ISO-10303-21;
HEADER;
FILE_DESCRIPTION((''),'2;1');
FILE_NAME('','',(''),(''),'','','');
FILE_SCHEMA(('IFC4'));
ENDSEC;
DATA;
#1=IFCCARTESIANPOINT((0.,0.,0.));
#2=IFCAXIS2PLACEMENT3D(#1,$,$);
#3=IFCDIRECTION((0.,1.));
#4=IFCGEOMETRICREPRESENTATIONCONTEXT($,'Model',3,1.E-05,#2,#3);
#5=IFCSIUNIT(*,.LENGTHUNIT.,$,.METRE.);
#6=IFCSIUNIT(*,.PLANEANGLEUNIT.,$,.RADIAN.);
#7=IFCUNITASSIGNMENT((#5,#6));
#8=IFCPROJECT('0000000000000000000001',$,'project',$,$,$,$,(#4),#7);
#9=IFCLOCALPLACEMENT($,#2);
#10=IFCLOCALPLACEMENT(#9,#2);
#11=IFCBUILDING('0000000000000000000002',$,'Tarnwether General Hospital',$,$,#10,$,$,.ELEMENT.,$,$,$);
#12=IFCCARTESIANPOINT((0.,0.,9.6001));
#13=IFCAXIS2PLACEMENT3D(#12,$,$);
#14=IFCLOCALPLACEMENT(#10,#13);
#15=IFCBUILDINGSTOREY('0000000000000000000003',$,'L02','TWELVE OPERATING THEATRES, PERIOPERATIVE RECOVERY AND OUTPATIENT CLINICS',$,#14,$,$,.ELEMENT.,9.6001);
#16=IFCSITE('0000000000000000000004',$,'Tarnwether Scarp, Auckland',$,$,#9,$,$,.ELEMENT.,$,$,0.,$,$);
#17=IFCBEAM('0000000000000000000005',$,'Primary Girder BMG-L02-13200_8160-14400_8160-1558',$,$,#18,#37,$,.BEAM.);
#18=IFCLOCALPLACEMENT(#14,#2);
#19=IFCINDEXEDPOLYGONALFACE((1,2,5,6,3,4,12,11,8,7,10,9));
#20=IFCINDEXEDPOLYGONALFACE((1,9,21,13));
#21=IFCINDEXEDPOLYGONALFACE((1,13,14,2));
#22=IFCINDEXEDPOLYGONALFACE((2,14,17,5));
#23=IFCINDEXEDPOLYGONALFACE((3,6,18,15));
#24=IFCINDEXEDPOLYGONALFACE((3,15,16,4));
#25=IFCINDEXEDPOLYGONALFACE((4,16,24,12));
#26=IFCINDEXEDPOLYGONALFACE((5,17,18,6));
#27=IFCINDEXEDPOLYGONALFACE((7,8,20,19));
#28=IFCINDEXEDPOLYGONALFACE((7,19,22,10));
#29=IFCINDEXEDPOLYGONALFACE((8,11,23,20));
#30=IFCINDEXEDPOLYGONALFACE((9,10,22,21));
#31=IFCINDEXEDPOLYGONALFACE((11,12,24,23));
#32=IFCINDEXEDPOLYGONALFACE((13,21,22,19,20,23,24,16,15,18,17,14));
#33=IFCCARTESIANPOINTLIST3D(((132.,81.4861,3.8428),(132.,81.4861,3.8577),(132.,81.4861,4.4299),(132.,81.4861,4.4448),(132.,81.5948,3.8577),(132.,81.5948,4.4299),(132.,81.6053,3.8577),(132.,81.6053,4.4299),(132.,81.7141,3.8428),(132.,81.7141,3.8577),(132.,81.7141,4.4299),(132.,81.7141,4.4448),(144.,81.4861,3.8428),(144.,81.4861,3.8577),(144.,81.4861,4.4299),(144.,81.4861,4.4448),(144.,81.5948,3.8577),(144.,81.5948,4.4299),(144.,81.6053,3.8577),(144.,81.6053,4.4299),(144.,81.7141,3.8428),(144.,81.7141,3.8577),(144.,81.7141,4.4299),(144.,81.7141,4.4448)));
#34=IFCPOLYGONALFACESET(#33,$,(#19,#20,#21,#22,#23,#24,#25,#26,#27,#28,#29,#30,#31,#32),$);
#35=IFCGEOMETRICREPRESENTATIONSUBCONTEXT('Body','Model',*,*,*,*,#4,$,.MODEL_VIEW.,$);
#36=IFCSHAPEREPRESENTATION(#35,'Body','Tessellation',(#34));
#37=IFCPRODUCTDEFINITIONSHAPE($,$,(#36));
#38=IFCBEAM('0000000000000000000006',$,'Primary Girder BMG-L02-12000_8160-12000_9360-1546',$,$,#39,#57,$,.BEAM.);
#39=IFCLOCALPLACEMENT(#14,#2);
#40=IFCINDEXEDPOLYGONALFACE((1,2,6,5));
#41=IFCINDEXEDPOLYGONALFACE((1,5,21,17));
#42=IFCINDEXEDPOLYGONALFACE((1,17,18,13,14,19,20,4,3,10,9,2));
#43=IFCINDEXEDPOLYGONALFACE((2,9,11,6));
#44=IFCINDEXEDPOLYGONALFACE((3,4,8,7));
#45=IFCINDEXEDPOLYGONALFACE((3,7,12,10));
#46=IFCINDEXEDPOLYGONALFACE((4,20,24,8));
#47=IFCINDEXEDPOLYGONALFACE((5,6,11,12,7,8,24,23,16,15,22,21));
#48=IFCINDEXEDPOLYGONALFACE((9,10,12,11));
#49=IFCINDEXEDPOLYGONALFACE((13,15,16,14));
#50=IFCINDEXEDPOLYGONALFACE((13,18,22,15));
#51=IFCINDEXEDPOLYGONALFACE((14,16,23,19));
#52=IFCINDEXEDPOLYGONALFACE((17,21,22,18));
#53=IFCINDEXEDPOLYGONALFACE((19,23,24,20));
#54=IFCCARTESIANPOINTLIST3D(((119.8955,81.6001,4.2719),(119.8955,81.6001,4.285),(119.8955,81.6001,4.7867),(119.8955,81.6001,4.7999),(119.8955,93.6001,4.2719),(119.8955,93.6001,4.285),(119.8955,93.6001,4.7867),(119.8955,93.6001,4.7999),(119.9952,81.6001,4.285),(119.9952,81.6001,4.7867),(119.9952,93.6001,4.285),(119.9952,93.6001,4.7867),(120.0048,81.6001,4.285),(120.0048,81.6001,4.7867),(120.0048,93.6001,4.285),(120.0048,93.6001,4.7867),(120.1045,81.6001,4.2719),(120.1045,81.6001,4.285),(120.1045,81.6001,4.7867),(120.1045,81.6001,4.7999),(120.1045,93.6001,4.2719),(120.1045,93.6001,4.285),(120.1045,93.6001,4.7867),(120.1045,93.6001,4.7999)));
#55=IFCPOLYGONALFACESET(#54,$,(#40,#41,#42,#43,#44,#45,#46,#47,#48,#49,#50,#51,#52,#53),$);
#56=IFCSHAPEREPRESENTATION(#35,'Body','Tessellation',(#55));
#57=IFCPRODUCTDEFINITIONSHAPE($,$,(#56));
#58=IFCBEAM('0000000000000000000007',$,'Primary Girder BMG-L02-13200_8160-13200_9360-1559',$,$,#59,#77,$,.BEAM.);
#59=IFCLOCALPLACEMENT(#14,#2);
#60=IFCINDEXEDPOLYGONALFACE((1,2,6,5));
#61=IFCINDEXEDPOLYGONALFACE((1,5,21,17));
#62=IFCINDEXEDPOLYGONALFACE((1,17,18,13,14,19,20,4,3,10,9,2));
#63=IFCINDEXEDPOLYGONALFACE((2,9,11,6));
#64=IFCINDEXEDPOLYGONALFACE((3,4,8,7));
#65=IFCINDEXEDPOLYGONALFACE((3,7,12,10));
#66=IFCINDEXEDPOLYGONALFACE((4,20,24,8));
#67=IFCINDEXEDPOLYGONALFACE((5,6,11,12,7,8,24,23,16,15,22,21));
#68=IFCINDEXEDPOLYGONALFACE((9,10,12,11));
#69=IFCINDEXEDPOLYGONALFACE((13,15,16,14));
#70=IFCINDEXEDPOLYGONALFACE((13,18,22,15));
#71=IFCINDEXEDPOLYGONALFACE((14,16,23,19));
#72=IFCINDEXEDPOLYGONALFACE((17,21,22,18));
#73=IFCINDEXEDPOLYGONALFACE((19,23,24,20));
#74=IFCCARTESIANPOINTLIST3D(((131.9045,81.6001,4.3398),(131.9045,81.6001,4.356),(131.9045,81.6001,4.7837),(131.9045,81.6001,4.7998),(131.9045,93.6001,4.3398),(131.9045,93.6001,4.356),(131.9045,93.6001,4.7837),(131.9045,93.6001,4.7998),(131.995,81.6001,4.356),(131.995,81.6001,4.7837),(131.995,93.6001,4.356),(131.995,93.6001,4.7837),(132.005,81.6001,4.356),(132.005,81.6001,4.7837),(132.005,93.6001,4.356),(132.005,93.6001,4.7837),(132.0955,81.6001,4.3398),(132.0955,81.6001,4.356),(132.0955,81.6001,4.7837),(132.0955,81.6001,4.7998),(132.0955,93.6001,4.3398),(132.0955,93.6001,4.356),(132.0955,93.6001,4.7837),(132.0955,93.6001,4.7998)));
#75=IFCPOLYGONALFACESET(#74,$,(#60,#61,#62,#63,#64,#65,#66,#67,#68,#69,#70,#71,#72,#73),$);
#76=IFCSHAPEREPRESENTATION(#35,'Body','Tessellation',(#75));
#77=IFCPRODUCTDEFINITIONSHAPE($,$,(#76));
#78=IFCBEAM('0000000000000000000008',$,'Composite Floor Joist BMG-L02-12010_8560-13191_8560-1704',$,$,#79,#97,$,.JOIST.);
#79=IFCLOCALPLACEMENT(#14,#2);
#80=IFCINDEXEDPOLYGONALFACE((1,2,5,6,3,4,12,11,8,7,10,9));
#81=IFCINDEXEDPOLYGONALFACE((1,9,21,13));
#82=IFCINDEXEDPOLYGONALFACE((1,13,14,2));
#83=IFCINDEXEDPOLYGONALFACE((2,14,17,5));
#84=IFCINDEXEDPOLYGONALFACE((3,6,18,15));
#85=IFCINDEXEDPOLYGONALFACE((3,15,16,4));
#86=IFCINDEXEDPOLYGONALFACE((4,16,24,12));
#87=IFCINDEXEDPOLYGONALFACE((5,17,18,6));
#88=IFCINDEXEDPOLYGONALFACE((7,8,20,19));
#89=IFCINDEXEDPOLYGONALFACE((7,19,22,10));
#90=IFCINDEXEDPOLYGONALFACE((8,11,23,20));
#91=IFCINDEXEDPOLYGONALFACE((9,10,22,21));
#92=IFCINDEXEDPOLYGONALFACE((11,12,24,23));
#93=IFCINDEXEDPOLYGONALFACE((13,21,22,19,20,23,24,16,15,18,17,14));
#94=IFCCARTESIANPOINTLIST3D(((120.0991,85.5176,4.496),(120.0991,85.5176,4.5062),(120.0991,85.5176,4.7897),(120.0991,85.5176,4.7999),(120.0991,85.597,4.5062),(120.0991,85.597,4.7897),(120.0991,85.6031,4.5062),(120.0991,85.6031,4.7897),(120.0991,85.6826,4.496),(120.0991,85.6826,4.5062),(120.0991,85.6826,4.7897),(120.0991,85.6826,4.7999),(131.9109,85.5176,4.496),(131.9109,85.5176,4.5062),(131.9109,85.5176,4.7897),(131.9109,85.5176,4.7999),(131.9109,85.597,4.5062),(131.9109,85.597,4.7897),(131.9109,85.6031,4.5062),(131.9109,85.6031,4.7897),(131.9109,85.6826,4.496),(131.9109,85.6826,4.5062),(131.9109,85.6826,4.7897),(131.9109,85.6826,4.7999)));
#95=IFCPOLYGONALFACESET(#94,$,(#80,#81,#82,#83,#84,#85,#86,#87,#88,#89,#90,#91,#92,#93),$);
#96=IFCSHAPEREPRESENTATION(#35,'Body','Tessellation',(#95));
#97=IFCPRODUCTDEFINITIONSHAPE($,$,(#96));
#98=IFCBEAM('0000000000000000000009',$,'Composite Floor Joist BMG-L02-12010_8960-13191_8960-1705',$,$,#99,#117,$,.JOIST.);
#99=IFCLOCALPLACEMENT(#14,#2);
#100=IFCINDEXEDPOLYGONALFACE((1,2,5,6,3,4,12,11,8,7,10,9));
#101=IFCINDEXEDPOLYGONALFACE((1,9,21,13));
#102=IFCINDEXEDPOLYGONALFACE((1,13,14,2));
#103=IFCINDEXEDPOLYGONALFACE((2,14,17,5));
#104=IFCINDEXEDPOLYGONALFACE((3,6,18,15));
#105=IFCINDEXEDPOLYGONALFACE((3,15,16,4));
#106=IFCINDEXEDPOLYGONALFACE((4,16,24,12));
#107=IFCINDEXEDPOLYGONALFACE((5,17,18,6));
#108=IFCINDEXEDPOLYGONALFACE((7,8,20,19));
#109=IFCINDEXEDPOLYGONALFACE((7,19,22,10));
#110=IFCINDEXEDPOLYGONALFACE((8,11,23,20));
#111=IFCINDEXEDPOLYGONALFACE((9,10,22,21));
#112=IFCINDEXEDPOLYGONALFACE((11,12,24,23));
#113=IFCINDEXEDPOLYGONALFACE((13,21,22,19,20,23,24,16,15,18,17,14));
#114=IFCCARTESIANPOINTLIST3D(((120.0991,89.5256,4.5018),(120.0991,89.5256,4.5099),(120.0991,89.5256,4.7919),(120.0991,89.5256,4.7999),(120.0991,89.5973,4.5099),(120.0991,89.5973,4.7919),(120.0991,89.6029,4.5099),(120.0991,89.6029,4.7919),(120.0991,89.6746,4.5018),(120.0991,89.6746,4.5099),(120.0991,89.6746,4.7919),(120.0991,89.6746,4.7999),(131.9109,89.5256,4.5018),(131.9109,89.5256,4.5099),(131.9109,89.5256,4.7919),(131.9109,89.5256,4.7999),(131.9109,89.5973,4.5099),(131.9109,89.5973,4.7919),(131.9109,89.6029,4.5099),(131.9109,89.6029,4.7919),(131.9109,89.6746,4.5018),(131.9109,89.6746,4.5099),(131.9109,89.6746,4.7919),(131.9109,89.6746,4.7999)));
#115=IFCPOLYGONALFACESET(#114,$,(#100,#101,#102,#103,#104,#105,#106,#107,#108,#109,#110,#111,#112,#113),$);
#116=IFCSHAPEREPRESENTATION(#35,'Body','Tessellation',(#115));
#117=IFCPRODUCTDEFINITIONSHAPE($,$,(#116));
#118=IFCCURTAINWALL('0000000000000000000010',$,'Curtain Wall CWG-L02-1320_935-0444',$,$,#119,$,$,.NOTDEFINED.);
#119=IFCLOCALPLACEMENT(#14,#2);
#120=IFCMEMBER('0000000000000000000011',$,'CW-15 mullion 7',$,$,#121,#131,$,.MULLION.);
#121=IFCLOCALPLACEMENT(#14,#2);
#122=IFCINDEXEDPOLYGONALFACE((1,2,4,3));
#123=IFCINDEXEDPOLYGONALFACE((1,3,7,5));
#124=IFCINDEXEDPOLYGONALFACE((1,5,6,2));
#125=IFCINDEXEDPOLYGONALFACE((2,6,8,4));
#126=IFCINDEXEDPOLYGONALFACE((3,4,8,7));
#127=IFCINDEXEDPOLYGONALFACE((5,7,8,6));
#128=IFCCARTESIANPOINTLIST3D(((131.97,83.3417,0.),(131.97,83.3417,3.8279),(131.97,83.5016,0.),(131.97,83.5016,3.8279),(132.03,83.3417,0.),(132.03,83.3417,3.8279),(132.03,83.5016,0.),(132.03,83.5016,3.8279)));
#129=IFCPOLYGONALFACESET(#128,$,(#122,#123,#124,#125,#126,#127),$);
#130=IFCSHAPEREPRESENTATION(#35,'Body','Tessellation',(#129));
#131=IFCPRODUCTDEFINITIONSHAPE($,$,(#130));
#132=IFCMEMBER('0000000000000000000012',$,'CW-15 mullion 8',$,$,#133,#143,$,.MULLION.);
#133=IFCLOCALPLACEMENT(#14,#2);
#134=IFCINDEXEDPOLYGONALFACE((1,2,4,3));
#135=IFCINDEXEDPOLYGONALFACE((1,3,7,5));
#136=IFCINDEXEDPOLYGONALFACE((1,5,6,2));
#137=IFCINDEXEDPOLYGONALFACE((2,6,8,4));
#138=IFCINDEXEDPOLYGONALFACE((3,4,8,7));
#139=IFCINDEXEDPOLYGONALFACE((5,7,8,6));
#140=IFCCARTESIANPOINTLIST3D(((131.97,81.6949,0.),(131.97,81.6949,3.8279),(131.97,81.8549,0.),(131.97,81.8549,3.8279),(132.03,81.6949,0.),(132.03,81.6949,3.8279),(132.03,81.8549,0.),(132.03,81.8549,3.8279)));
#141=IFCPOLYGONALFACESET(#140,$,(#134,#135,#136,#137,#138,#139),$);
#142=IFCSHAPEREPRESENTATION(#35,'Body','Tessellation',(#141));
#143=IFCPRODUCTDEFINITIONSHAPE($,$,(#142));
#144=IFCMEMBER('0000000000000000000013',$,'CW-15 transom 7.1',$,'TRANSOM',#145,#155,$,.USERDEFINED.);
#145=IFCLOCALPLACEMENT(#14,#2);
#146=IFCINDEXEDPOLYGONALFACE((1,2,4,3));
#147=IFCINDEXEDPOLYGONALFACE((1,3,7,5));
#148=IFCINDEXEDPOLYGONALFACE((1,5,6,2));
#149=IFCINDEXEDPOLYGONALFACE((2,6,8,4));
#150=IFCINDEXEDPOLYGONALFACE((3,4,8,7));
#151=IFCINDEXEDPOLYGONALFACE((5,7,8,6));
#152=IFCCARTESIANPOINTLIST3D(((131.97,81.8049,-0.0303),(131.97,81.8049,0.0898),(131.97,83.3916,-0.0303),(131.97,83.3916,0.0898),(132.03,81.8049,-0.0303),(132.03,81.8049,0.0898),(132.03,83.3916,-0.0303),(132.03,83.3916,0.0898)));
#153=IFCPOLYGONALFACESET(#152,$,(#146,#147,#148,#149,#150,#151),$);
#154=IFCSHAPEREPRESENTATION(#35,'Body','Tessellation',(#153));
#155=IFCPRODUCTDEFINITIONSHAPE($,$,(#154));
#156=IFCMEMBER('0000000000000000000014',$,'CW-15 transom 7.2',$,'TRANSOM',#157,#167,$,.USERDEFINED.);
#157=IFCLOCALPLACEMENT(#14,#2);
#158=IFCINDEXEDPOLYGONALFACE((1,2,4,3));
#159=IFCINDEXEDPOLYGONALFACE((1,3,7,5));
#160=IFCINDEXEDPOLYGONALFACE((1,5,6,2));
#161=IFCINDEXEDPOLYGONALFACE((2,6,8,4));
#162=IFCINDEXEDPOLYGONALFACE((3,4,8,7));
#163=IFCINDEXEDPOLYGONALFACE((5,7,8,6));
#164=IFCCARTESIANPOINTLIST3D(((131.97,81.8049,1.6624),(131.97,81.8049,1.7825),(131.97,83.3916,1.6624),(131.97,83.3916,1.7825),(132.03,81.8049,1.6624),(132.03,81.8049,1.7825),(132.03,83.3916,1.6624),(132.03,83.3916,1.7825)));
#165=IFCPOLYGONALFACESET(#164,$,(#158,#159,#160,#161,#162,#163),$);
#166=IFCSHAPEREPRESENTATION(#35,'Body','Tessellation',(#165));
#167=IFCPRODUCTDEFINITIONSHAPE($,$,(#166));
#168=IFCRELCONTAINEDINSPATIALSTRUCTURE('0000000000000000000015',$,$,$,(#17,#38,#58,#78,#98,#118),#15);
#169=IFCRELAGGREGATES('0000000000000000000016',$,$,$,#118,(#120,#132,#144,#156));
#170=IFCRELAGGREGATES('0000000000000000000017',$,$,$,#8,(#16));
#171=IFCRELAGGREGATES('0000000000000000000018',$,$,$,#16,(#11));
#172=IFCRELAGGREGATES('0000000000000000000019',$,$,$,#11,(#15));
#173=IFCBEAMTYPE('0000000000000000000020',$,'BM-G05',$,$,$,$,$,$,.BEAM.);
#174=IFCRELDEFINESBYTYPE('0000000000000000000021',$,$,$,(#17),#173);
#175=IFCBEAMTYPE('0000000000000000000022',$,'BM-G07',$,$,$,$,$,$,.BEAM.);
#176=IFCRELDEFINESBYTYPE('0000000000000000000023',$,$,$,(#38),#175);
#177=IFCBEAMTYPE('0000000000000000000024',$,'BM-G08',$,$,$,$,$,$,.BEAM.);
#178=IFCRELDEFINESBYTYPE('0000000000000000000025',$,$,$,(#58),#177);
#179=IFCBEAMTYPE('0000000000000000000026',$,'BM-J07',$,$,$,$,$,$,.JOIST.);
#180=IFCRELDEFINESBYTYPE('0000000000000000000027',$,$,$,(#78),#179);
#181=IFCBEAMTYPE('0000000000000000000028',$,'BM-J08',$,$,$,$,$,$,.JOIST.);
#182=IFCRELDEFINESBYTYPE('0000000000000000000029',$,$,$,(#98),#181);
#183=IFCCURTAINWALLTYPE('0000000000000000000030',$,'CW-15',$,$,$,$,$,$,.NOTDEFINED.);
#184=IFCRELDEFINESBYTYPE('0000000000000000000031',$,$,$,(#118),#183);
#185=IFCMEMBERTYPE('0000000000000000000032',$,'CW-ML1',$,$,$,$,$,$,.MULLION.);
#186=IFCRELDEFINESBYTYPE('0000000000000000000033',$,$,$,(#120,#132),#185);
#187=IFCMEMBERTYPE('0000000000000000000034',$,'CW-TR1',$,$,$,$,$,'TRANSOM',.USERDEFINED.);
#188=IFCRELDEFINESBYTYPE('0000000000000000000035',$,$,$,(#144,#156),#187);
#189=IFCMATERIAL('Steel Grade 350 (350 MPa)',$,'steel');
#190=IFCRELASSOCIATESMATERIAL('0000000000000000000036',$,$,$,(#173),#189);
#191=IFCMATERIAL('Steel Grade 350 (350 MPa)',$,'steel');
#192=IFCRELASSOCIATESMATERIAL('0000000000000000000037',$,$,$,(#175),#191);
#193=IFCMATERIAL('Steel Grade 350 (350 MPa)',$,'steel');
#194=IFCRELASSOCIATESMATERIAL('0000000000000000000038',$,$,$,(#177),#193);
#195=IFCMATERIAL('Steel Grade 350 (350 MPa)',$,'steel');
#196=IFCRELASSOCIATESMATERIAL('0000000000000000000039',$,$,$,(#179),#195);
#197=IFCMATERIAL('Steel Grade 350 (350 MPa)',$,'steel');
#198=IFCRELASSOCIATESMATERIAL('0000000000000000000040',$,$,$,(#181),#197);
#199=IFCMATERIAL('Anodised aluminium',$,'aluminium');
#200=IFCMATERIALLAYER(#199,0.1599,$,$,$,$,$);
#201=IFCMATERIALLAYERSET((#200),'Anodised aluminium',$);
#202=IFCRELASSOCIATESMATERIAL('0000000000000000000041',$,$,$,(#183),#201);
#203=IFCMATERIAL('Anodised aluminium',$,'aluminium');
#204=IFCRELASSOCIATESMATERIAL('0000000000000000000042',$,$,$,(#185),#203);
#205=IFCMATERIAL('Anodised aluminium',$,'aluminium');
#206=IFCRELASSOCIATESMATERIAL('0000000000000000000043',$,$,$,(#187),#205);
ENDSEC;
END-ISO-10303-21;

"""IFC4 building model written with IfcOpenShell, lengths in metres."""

from ifc_helpers import new_model, si_unit, direction, frame, origin, origin_2d, place, context, subcontext, project, spatial, rectangle, i_section, extrude, material, layer, layer_set, material_profile, profile_set, type_object, element, aggregate, save


model = new_model("IFC4")

# Units and contexts
model_context = context("Model", 3, precision=1e-05, world=origin(), true_north=direction((0.0, 1.0)))
body_context = subcontext(model_context, "Body", "Model", "MODEL_VIEW")
ifc_project = project(units=[si_unit("LENGTHUNIT", "METRE"), si_unit("PLANEANGLEUNIT", "RADIAN")], contexts=[model_context])

# Site, building, storey
site_placement = place(None, origin())
site = spatial("IfcSite", under=ifc_project, at=site_placement, Name="Tarnwether Scarp, Auckland", CompositionType="ELEMENT", RefElevation=0.0)
building_placement = place(site_placement, origin())
building = spatial("IfcBuilding", under=site, at=building_placement, Name="Tarnwether General Hospital", CompositionType="ELEMENT")
storey_placement = place(building_placement, frame((0.0, 0.0, 9.6001)))
storey = spatial("IfcBuildingStorey", under=building, at=storey_placement, Name="L02", Description="TWELVE OPERATING THEATRES, PERIOPERATIVE RECOVERY AND OUTPATIENT CLINICS", CompositionType="ELEMENT", Elevation=9.6001)

# Beams
ifc_material_1 = material(Name="Steel Grade 350 (350 MPa)", Category="steel")
ifc_material_profile_1 = material_profile(ifc_material_1, i_section(OverallWidth=0.228, OverallDepth=0.6021, WebThickness=0.0105, FlangeThickness=0.0149, at=origin_2d()), Name="610UB101")
ifc_profile_set_1 = profile_set([ifc_material_profile_1], Name="Steel Grade 350 (350 MPa)")
beam_type_1 = type_object("IfcBeamType", Name="BM-G05", PredefinedType="BEAM", material=ifc_profile_set_1)
for number, where, z_axis, x_axis, name in (
    (1, (132.0, 81.6001, 4.1438), (1.0, 0.0, 0.0), (0.0, 1.0, 0.0), "Primary Girder BMG-L02-13200_8160-14400_8160-1558"),
):
    element("IfcBeam", number, at=place(storey_placement, frame(where, z_axis=z_axis, x_axis=x_axis)), inside=storey, type_object=beam_type_1, Name=name, PredefinedType="BEAM", context=body_context, shape_type="SweptSolid", body=[
        extrude(i_section(OverallWidth=0.228, OverallDepth=0.6021, WebThickness=0.0105, FlangeThickness=0.0149, at=origin_2d()), origin(), (0.0, 0.0, 1.0), 12.0),
    ])
ifc_material_2 = material(Name="Steel Grade 350 (350 MPa)", Category="steel")
ifc_material_profile_2 = material_profile(ifc_material_2, i_section(OverallWidth=0.209, OverallDepth=0.5281, WebThickness=0.0095, FlangeThickness=0.0132, at=origin_2d()), Name="530UB82.0")
ifc_profile_set_2 = profile_set([ifc_material_profile_2], Name="Steel Grade 350 (350 MPa)")
beam_type_2 = type_object("IfcBeamType", Name="BM-G07", PredefinedType="BEAM", material=ifc_profile_set_2)
beam_1_placement = place(storey_placement, frame((120.0, 81.6001, 4.5359), z_axis=(0.0, 1.0, 0.0), x_axis=(-1.0, 0.0, 0.0)))
element("IfcBeam", 2, at=beam_1_placement, inside=storey, type_object=beam_type_2, Name="Primary Girder BMG-L02-12000_8160-12000_9360-1546", PredefinedType="BEAM", context=body_context, shape_type="SweptSolid", body=[
    extrude(i_section(OverallWidth=0.209, OverallDepth=0.5281, WebThickness=0.0095, FlangeThickness=0.0132, at=origin_2d()), origin(), (0.0, 0.0, 1.0), 12.0),
])
ifc_material_3 = material(Name="Steel Grade 350 (350 MPa)", Category="steel")
ifc_material_profile_3 = material_profile(ifc_material_3, i_section(OverallWidth=0.1909, OverallDepth=0.46, WebThickness=0.01, FlangeThickness=0.0161, at=origin_2d()), Name="460UB82.1")
ifc_profile_set_3 = profile_set([ifc_material_profile_3], Name="Steel Grade 350 (350 MPa)")
beam_type_3 = type_object("IfcBeamType", Name="BM-G08", PredefinedType="BEAM", material=ifc_profile_set_3)
beam_2_placement = place(storey_placement, frame((132.0, 81.6001, 4.5698), z_axis=(0.0, 1.0, 0.0), x_axis=(-1.0, 0.0, 0.0)))
element("IfcBeam", 3, at=beam_2_placement, inside=storey, type_object=beam_type_3, Name="Primary Girder BMG-L02-13200_8160-13200_9360-1559", PredefinedType="BEAM", context=body_context, shape_type="SweptSolid", body=[
    extrude(i_section(OverallWidth=0.1909, OverallDepth=0.46, WebThickness=0.01, FlangeThickness=0.0161, at=origin_2d()), origin(), (0.0, 0.0, 1.0), 12.0),
])
ifc_material_4 = material(Name="Steel Grade 350 (350 MPa)", Category="steel")
ifc_material_profile_4 = material_profile(ifc_material_4, i_section(OverallWidth=0.165, OverallDepth=0.304, WebThickness=0.0061, FlangeThickness=0.0103, at=origin_2d()), Name="310UB40.4")
ifc_profile_set_4 = profile_set([ifc_material_profile_4], Name="Steel Grade 350 (350 MPa)")
beam_type_4 = type_object("IfcBeamType", Name="BM-J07", PredefinedType="JOIST", material=ifc_profile_set_4)
beam_3_placement = place(storey_placement, frame((120.0991, 85.6001, 4.6479), z_axis=(1.0, 0.0, 0.0), x_axis=(0.0, 1.0, 0.0)))
element("IfcBeam", 4, at=beam_3_placement, inside=storey, type_object=beam_type_4, Name="Composite Floor Joist BMG-L02-12010_8560-13191_8560-1704", PredefinedType="JOIST", context=body_context, shape_type="SweptSolid", body=[
    extrude(i_section(OverallWidth=0.165, OverallDepth=0.304, WebThickness=0.0061, FlangeThickness=0.0103, at=origin_2d()), origin(), (0.0, 0.0, 1.0), 11.8118),
])
ifc_material_5 = material(Name="Steel Grade 350 (350 MPa)", Category="steel")
ifc_material_profile_5 = material_profile(ifc_material_5, i_section(OverallWidth=0.1489, OverallDepth=0.2981, WebThickness=0.0056, FlangeThickness=0.0081, at=origin_2d()), Name="310UB32.0")
ifc_profile_set_5 = profile_set([ifc_material_profile_5], Name="Steel Grade 350 (350 MPa)")
beam_type_5 = type_object("IfcBeamType", Name="BM-J08", PredefinedType="JOIST", material=ifc_profile_set_5)
beam_4_placement = place(storey_placement, frame((120.0991, 89.6001, 4.6509), z_axis=(1.0, 0.0, 0.0), x_axis=(0.0, 1.0, 0.0)))
element("IfcBeam", 5, at=beam_4_placement, inside=storey, type_object=beam_type_5, Name="Composite Floor Joist BMG-L02-12010_8960-13191_8960-1705", PredefinedType="JOIST", context=body_context, shape_type="SweptSolid", body=[
    extrude(i_section(OverallWidth=0.1489, OverallDepth=0.2981, WebThickness=0.0056, FlangeThickness=0.0081, at=origin_2d()), origin(), (0.0, 0.0, 1.0), 11.8118),
])

# Curtain wall, members
ifc_material_6 = material(Name="Anodised aluminium", Category="aluminium")
ifc_layer_1 = layer(ifc_material_6, 0.1599)
ifc_layer_set_1 = layer_set([ifc_layer_1], Name="Anodised aluminium")
curtain_wall_type = type_object("IfcCurtainWallType", Name="CW-15", PredefinedType="NOTDEFINED", material=ifc_layer_set_1)
curtain_wall_placement = place(storey_placement, origin())
curtain_wall = element("IfcCurtainWall", 6, at=curtain_wall_placement, inside=storey, type_object=curtain_wall_type, Name="Curtain Wall CWG-L02-1320_935-0444", PredefinedType="NOTDEFINED")
ifc_material_7 = material(Name="Anodised aluminium", Category="aluminium")
ifc_material_profile_6 = material_profile(ifc_material_7, rectangle(XDim=0.0601, YDim=0.1599, at=origin_2d()), Name="ALU-MUL-60x160")
ifc_profile_set_6 = profile_set([ifc_material_profile_6], Name="Anodised aluminium")
member_type_1 = type_object("IfcMemberType", Name="CW-ML1", PredefinedType="MULLION", material=ifc_profile_set_6)
member_1_placement = place(storey_placement, frame((132.0, 83.4216, 0.0), z_axis=(0.0, 0.0, 1.0), x_axis=(1.0, 0.0, 0.0)))
member_1 = element("IfcMember", 7, at=member_1_placement, type_object=member_type_1, Name="CW-15 mullion 7", PredefinedType="MULLION", context=body_context, shape_type="SweptSolid", body=[
    extrude(rectangle(XDim=0.0601, YDim=0.1599, at=origin_2d()), origin(), (0.0, 0.0, 1.0), 3.8279),
])
member_2_placement = place(storey_placement, frame((132.0, 81.7749, 0.0), z_axis=(0.0, 0.0, 1.0), x_axis=(1.0, 0.0, 0.0)))
member_2 = element("IfcMember", 8, at=member_2_placement, type_object=member_type_1, Name="CW-15 mullion 8", PredefinedType="MULLION", context=body_context, shape_type="SweptSolid", body=[
    extrude(rectangle(XDim=0.0601, YDim=0.1599, at=origin_2d()), origin(), (0.0, 0.0, 1.0), 3.8279),
])
ifc_material_8 = material(Name="Anodised aluminium", Category="aluminium")
ifc_material_profile_7 = material_profile(ifc_material_8, rectangle(XDim=0.0601, YDim=0.1201, at=origin_2d()), Name="ALU-TRN-60x120")
ifc_profile_set_7 = profile_set([ifc_material_profile_7], Name="Anodised aluminium")
member_type_2 = type_object("IfcMemberType", Name="CW-TR1", ElementType="TRANSOM", PredefinedType="USERDEFINED", material=ifc_profile_set_7)
member_3_placement = place(storey_placement, frame((132.0, 83.3916, 0.0298), z_axis=(0.0, -1.0, 0.0), x_axis=(1.0, 0.0, 0.0)))
member_3 = element("IfcMember", 9, at=member_3_placement, type_object=member_type_2, Name="CW-15 transom 7.1", ObjectType="TRANSOM", PredefinedType="USERDEFINED", context=body_context, shape_type="SweptSolid", body=[
    extrude(rectangle(XDim=0.0601, YDim=0.1201, at=origin_2d()), origin(), (0.0, 0.0, 1.0), 1.5867),
])
member_4_placement = place(storey_placement, frame((132.0, 83.3916, 1.7224), z_axis=(0.0, -1.0, 0.0), x_axis=(1.0, 0.0, 0.0)))
member_4 = element("IfcMember", 10, at=member_4_placement, type_object=member_type_2, Name="CW-15 transom 7.2", ObjectType="TRANSOM", PredefinedType="USERDEFINED", context=body_context, shape_type="SweptSolid", body=[
    extrude(rectangle(XDim=0.0601, YDim=0.1201, at=origin_2d()), origin(), (0.0, 0.0, 1.0), 1.5867),
])
aggregate(curtain_wall, [member_1, member_2, member_3, member_4])

save(model, "model.ifc")
